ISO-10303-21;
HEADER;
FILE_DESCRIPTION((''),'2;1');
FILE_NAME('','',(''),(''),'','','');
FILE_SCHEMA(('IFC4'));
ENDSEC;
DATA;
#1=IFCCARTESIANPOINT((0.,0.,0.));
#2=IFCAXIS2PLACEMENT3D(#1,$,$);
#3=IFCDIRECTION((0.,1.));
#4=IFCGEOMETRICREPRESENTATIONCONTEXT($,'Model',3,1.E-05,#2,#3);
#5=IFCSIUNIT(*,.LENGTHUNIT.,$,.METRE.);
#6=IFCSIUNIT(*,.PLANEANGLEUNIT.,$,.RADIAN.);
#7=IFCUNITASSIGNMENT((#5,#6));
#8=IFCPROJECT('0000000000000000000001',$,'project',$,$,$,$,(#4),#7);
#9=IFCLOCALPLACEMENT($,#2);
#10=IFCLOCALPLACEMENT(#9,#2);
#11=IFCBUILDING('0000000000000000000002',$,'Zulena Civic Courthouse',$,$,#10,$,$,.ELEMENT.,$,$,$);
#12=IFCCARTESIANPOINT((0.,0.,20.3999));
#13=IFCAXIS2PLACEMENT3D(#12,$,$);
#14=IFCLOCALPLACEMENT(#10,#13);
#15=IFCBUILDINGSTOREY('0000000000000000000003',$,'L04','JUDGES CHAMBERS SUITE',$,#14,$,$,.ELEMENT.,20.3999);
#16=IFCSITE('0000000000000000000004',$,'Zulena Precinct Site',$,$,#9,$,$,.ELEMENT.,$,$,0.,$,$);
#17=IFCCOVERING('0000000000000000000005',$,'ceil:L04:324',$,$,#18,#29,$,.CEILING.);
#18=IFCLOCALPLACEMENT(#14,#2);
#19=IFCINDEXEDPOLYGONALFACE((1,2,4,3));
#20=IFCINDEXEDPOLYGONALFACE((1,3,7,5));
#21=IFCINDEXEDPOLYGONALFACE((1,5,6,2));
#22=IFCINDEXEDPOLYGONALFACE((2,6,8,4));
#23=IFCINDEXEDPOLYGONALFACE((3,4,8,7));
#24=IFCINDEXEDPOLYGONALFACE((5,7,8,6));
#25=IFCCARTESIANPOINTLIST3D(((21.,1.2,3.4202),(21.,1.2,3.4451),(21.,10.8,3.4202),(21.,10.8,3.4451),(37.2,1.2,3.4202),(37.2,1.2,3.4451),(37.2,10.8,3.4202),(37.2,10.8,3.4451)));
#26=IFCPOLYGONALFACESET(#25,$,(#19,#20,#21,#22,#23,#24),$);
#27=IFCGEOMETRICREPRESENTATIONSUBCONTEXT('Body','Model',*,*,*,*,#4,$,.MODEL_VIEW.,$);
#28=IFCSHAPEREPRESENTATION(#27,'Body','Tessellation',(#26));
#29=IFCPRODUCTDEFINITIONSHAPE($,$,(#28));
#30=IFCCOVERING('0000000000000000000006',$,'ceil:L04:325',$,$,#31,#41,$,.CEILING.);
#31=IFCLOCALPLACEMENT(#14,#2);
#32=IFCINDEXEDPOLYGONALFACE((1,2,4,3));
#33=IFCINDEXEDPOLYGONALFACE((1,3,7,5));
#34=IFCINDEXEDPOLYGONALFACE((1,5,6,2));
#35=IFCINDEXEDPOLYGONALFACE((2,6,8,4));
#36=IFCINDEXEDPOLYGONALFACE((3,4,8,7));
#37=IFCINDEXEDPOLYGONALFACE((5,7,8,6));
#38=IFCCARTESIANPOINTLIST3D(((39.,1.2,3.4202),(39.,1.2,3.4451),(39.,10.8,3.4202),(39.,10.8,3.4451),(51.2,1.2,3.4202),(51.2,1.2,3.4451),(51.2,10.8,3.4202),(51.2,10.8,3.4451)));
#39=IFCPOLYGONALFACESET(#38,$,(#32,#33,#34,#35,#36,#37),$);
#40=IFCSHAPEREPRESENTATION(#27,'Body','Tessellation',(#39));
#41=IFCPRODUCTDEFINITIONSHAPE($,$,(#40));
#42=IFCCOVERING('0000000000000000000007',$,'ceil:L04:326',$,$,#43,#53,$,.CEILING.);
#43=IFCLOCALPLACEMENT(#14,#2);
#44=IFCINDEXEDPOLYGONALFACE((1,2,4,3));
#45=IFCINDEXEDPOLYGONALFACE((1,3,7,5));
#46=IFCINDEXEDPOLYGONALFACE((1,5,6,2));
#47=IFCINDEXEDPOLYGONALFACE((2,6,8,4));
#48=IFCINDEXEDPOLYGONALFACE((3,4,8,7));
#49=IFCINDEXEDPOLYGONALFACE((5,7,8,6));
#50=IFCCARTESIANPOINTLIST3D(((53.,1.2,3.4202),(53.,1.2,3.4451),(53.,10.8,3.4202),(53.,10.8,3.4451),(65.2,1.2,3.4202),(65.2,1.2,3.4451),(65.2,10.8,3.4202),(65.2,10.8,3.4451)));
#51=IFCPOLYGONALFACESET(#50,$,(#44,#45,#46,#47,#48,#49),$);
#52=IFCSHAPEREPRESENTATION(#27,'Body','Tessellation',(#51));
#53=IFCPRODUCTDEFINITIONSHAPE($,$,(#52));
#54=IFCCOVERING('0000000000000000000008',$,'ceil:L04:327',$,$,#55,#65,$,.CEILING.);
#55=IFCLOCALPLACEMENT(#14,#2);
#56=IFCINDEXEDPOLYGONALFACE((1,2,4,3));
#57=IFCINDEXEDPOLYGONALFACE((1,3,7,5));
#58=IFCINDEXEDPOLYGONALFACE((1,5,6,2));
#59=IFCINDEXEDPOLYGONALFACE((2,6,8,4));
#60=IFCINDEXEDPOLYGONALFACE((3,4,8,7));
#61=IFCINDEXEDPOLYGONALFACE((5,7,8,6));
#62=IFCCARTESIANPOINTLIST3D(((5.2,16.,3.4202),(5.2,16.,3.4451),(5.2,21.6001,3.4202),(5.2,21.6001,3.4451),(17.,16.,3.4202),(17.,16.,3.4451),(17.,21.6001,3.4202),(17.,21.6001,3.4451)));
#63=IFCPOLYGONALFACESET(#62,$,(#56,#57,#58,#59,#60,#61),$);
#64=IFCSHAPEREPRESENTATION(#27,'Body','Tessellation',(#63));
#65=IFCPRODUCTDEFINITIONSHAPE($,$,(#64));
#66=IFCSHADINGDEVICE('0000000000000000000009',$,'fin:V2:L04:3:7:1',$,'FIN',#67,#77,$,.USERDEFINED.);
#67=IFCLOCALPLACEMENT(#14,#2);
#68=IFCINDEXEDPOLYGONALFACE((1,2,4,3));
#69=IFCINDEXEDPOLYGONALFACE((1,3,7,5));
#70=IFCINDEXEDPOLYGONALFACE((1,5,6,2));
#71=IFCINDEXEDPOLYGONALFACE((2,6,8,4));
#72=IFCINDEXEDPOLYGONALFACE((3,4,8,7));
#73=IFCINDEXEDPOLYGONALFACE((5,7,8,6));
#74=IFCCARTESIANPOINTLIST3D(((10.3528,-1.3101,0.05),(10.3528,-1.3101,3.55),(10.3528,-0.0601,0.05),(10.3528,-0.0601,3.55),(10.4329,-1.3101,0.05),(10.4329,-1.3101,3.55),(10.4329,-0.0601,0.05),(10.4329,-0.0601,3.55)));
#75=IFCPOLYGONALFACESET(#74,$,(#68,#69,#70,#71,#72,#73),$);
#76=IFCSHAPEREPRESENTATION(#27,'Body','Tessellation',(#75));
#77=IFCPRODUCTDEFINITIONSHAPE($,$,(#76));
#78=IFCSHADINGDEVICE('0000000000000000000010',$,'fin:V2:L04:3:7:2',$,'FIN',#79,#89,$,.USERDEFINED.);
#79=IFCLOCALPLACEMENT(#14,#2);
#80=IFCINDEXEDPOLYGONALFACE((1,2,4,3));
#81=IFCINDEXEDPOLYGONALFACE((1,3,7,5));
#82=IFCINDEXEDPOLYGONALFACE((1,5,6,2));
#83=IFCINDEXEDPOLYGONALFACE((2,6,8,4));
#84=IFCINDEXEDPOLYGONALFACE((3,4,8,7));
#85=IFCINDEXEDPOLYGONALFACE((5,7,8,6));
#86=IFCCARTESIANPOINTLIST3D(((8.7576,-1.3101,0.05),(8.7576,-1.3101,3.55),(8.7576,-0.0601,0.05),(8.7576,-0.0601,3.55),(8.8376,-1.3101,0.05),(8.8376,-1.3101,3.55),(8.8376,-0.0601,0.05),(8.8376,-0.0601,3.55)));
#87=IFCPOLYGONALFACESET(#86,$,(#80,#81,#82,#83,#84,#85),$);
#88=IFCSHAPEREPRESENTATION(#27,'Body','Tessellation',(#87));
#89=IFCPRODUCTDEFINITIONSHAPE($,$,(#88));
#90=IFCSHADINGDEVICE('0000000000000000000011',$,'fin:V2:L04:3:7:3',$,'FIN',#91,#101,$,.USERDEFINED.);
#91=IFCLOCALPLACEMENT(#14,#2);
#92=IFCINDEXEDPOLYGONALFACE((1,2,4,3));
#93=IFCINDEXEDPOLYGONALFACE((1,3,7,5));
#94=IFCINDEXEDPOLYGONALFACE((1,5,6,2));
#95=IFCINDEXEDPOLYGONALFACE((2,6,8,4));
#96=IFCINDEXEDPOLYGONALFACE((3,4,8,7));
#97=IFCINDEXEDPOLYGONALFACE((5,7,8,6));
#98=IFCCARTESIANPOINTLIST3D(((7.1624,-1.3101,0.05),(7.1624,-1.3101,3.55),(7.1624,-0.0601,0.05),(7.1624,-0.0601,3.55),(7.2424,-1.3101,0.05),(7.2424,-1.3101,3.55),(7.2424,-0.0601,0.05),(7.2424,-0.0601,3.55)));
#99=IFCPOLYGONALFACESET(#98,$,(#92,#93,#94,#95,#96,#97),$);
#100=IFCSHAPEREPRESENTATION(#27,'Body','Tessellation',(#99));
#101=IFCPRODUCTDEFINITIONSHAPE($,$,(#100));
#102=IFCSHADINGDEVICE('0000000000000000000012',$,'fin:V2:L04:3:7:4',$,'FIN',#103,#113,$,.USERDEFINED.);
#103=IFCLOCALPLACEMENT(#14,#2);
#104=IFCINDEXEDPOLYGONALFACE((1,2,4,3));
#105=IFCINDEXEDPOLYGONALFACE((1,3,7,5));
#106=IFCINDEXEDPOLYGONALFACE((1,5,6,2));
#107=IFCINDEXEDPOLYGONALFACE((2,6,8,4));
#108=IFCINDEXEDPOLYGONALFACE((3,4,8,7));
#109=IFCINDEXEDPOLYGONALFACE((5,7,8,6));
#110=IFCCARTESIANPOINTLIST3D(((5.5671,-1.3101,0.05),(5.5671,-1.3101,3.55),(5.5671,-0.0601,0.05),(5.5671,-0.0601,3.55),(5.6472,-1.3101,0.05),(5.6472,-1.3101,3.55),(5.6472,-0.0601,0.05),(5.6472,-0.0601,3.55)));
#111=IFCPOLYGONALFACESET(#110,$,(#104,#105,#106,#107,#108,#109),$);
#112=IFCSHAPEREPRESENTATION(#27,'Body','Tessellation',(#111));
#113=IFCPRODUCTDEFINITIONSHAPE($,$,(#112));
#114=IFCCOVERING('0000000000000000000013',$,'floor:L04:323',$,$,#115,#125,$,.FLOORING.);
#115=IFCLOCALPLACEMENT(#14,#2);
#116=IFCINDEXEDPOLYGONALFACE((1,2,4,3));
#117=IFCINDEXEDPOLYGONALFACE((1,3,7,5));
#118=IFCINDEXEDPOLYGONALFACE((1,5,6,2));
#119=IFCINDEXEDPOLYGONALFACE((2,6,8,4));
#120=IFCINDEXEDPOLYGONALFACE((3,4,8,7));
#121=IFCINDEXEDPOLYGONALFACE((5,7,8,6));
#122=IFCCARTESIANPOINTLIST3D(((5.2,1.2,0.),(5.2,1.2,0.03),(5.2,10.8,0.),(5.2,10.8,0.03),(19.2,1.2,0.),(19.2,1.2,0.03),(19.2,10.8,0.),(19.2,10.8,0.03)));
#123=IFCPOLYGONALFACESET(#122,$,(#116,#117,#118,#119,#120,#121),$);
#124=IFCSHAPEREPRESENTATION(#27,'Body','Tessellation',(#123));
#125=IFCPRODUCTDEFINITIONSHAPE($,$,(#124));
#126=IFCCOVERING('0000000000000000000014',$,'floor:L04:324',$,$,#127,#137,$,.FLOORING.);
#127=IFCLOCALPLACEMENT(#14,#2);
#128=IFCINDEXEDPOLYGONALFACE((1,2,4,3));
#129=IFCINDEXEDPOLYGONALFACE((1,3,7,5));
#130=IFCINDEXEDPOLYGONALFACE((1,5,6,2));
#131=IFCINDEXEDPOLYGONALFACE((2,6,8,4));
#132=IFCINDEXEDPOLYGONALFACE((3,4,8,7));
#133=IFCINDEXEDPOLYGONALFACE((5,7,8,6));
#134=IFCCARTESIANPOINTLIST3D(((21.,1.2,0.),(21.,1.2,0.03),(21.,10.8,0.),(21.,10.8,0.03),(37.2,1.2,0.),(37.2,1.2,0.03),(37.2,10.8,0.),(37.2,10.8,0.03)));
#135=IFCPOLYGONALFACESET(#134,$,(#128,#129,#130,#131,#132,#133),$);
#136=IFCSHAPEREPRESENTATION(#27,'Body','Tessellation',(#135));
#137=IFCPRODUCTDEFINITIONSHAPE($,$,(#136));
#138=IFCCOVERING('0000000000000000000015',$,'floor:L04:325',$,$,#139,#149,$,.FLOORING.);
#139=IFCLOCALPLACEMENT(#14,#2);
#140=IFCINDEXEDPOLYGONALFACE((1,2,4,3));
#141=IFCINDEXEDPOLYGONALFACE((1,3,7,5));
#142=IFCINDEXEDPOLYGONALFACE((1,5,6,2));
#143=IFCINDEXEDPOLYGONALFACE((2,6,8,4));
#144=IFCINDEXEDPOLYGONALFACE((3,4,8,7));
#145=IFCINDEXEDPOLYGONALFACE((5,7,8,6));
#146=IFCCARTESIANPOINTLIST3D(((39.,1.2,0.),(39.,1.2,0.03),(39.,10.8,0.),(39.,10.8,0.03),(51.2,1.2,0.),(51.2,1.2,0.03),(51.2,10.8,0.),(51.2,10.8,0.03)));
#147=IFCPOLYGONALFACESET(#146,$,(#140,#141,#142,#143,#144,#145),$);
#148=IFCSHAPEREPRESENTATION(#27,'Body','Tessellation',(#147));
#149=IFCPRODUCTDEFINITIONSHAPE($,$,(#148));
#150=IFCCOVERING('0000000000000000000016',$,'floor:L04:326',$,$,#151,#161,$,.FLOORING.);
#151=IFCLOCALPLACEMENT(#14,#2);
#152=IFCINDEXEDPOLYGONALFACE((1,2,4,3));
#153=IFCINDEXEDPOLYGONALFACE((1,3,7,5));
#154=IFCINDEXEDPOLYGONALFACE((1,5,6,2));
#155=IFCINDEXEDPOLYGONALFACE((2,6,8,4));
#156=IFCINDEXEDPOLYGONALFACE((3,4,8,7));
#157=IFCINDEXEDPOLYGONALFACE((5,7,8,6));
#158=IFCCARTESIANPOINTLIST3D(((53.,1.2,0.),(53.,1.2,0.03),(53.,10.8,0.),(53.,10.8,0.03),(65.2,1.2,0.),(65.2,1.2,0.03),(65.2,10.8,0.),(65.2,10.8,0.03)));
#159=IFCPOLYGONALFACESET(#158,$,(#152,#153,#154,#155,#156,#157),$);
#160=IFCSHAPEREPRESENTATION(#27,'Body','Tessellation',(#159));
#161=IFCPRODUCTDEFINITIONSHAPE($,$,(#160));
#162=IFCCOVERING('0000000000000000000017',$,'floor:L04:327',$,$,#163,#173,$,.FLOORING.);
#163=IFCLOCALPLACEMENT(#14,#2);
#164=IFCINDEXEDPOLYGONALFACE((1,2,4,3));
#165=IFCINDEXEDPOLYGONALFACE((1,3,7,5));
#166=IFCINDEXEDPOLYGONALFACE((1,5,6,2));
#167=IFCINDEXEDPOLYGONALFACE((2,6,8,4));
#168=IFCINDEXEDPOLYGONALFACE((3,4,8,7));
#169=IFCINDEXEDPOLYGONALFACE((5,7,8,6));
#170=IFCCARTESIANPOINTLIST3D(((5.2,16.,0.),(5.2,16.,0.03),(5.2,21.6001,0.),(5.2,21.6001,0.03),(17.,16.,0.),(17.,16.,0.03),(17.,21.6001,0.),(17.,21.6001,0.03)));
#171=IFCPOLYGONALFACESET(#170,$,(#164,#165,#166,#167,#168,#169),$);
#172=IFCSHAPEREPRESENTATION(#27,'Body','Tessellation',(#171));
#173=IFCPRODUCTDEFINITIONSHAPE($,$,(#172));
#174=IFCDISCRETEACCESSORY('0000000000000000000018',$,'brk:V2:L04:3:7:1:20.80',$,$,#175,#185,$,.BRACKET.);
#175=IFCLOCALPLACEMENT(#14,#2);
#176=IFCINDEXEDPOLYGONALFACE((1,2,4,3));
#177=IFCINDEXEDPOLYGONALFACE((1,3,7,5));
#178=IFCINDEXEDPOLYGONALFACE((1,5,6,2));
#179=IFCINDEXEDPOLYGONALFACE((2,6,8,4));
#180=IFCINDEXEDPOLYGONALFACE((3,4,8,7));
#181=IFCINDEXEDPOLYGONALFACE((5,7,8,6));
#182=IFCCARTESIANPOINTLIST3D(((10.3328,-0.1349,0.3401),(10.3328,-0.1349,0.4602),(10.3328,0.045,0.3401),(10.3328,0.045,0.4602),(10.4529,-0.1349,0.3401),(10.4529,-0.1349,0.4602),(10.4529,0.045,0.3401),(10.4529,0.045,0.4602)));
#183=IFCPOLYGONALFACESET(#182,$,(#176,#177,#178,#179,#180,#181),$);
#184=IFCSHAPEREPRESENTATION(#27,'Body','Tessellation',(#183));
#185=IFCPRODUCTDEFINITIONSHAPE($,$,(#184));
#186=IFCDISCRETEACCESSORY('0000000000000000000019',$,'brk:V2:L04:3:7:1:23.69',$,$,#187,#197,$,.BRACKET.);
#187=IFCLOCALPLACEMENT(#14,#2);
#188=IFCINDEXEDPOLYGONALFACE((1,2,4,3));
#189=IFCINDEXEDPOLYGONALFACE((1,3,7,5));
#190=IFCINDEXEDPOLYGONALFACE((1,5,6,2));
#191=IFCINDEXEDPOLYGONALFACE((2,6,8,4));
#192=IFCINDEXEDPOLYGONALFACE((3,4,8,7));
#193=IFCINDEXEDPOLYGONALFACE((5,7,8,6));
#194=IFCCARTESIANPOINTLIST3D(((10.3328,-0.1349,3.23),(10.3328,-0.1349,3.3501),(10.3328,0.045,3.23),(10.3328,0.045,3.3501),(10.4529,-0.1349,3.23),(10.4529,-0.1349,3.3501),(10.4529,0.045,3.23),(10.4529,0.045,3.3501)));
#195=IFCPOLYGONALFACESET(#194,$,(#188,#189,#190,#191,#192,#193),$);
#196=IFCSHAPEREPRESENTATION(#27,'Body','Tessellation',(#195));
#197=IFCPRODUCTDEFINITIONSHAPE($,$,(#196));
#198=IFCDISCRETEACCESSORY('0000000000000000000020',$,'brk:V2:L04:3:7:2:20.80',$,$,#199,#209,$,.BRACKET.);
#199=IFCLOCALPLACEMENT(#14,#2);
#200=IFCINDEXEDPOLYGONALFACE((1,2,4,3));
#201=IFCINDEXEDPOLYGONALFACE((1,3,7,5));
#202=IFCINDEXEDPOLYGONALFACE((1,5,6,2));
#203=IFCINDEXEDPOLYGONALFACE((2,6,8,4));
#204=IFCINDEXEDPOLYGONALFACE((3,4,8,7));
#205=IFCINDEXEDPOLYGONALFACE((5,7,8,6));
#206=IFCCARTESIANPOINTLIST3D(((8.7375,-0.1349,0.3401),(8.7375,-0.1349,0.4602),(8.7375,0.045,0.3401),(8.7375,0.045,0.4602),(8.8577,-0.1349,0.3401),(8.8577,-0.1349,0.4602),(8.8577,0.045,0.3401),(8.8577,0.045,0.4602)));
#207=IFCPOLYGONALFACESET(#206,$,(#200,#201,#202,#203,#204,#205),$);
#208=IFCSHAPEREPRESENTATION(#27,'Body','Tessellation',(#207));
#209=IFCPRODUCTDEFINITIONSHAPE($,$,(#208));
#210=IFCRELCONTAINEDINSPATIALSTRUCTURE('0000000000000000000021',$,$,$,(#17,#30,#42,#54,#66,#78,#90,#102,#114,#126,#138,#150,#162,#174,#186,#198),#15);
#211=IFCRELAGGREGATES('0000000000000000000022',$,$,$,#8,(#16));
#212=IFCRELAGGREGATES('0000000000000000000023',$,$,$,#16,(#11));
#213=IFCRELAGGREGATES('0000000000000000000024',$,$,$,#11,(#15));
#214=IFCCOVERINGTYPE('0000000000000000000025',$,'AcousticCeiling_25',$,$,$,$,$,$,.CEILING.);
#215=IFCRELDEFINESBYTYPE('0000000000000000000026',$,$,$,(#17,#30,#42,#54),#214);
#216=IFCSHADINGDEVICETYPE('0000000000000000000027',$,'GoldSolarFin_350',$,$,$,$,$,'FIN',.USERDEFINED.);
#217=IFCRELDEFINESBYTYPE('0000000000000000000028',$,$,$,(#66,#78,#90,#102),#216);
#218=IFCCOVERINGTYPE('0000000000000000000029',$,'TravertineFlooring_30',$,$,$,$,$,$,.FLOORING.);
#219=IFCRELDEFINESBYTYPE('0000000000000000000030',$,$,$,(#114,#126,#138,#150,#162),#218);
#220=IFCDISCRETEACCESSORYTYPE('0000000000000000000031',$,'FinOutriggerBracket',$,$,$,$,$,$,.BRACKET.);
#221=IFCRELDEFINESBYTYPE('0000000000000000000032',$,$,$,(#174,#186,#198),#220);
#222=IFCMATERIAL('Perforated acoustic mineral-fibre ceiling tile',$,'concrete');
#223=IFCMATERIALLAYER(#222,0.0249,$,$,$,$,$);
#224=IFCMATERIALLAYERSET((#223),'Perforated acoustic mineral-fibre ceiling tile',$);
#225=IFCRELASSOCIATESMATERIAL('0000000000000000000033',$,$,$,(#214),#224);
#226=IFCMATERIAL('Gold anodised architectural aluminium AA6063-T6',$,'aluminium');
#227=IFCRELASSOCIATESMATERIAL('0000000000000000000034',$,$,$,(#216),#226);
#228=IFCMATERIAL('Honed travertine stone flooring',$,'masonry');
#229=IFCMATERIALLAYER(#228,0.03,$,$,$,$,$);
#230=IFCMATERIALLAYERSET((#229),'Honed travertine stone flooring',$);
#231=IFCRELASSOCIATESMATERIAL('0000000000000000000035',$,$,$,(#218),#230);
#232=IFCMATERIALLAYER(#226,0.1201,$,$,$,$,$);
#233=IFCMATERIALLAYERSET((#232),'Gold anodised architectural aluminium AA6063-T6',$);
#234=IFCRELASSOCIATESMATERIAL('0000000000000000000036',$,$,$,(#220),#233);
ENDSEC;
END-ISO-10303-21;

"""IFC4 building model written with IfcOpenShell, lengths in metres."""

from ifc_helpers import new_model, si_unit, direction, frame, origin, origin_2d, place, context, subcontext, project, spatial, polyline, rectangle, outline, extrude, material, layer, layer_set, type_object, element, save


model = new_model("IFC4")

# Units and contexts
model_context = context("Model", 3, precision=1e-05, world=origin(), true_north=direction((0.0, 1.0)))
body_context = subcontext(model_context, "Body", "Model", "MODEL_VIEW")
ifc_project = project(units=[si_unit("LENGTHUNIT", "METRE"), si_unit("PLANEANGLEUNIT", "RADIAN")], contexts=[model_context])

# Site, building, storey
site_placement = place(None, origin())
site = spatial("IfcSite", under=ifc_project, at=site_placement, Name="Zulena Precinct Site", CompositionType="ELEMENT", RefElevation=0.0)
building_placement = place(site_placement, origin())
building = spatial("IfcBuilding", under=site, at=building_placement, Name="Zulena Civic Courthouse", CompositionType="ELEMENT")
storey_placement = place(building_placement, frame((0.0, 0.0, 20.3999)))
storey = spatial("IfcBuildingStorey", under=building, at=storey_placement, Name="L04", Description="JUDGES CHAMBERS SUITE", CompositionType="ELEMENT", Elevation=20.3999)

# Coverings
ifc_material_1 = material(Name="Perforated acoustic mineral-fibre ceiling tile", Category="concrete")
ifc_layer_1 = layer(ifc_material_1, 0.0249)
ifc_layer_set_1 = layer_set([ifc_layer_1], Name="Perforated acoustic mineral-fibre ceiling tile")
covering_type_1 = type_object("IfcCoveringType", Name="AcousticCeiling_25", PredefinedType="CEILING", material=ifc_layer_set_1)
covering_1_placement = place(storey_placement, frame((0.0, 0.0, 3.4202)))
element("IfcCovering", 1, at=covering_1_placement, inside=storey, type_object=covering_type_1, Name="ceil:L04:324", PredefinedType="CEILING", context=body_context, shape_type="SweptSolid", body=[
    extrude(outline(polyline([(21.0, 1.2), (37.2, 1.2), (37.2, 10.8), (21.0, 10.8), (21.0, 1.2)])), origin(), (0.0, 0.0, 1.0), 0.0249),
])
covering_2_placement = place(storey_placement, frame((0.0, 0.0, 3.4202)))
element("IfcCovering", 2, at=covering_2_placement, inside=storey, type_object=covering_type_1, Name="ceil:L04:325", PredefinedType="CEILING", context=body_context, shape_type="SweptSolid", body=[
    extrude(outline(polyline([(39.0, 1.2), (51.2, 1.2), (51.2, 10.8), (39.0, 10.8), (39.0, 1.2)])), origin(), (0.0, 0.0, 1.0), 0.0249),
])
covering_3_placement = place(storey_placement, frame((0.0, 0.0, 3.4202)))
element("IfcCovering", 3, at=covering_3_placement, inside=storey, type_object=covering_type_1, Name="ceil:L04:326", PredefinedType="CEILING", context=body_context, shape_type="SweptSolid", body=[
    extrude(outline(polyline([(53.0, 1.2), (65.2, 1.2), (65.2, 10.8), (53.0, 10.8), (53.0, 1.2)])), origin(), (0.0, 0.0, 1.0), 0.0249),
])
covering_4_placement = place(storey_placement, frame((0.0, 0.0, 3.4202)))
element("IfcCovering", 4, at=covering_4_placement, inside=storey, type_object=covering_type_1, Name="ceil:L04:327", PredefinedType="CEILING", context=body_context, shape_type="SweptSolid", body=[
    extrude(outline(polyline([(5.2, 16.0), (17.0, 16.0), (17.0, 21.6001), (5.2, 21.6001), (5.2, 16.0)])), origin(), (0.0, 0.0, 1.0), 0.0249),
])

# Shading devices
ifc_material_2 = material(Name="Gold anodised architectural aluminium AA6063-T6", Category="aluminium")
shading_device_type = type_object("IfcShadingDeviceType", Name="GoldSolarFin_350", ElementType="FIN", PredefinedType="USERDEFINED", material=ifc_material_2)
for number, where, z_axis, x_axis, name in (
    (5, (10.3928, -0.6851, 0.05), (0.0, 0.0, 1.0), (0.0, -1.0, 0.0), "fin:V2:L04:3:7:1"),
    (6, (8.7976, -0.6851, 0.05), (0.0, 0.0, 1.0), (0.0, -1.0, 0.0), "fin:V2:L04:3:7:2"),
    (7, (7.2024, -0.6851, 0.05), (0.0, 0.0, 1.0), (0.0, -1.0, 0.0), "fin:V2:L04:3:7:3"),
    (8, (5.6072, -0.6851, 0.05), (0.0, 0.0, 1.0), (0.0, -1.0, 0.0), "fin:V2:L04:3:7:4"),
):
    element("IfcShadingDevice", number, at=place(storey_placement, frame(where, z_axis=z_axis, x_axis=x_axis)), inside=storey, type_object=shading_device_type, Name=name, ObjectType="FIN", PredefinedType="USERDEFINED", context=body_context, shape_type="SweptSolid", body=[
        extrude(rectangle(XDim=1.25, YDim=0.0801, at=origin_2d()), origin(), (0.0, 0.0, 1.0), 3.5),
    ])

# Coverings
ifc_material_3 = material(Name="Honed travertine stone flooring", Category="masonry")
ifc_layer_2 = layer(ifc_material_3, 0.03)
ifc_layer_set_2 = layer_set([ifc_layer_2], Name="Honed travertine stone flooring")
covering_type_2 = type_object("IfcCoveringType", Name="TravertineFlooring_30", PredefinedType="FLOORING", material=ifc_layer_set_2)
covering_5_placement = place(storey_placement, origin())
element("IfcCovering", 9, at=covering_5_placement, inside=storey, type_object=covering_type_2, Name="floor:L04:323", PredefinedType="FLOORING", context=body_context, shape_type="SweptSolid", body=[
    extrude(outline(polyline([(5.2, 1.2), (19.2, 1.2), (19.2, 10.8), (5.2, 10.8), (5.2, 1.2)])), origin(), (0.0, 0.0, 1.0), 0.03),
])
covering_6_placement = place(storey_placement, origin())
element("IfcCovering", 10, at=covering_6_placement, inside=storey, type_object=covering_type_2, Name="floor:L04:324", PredefinedType="FLOORING", context=body_context, shape_type="SweptSolid", body=[
    extrude(outline(polyline([(21.0, 1.2), (37.2, 1.2), (37.2, 10.8), (21.0, 10.8), (21.0, 1.2)])), origin(), (0.0, 0.0, 1.0), 0.03),
])
covering_7_placement = place(storey_placement, origin())
element("IfcCovering", 11, at=covering_7_placement, inside=storey, type_object=covering_type_2, Name="floor:L04:325", PredefinedType="FLOORING", context=body_context, shape_type="SweptSolid", body=[
    extrude(outline(polyline([(39.0, 1.2), (51.2, 1.2), (51.2, 10.8), (39.0, 10.8), (39.0, 1.2)])), origin(), (0.0, 0.0, 1.0), 0.03),
])
covering_8_placement = place(storey_placement, origin())
element("IfcCovering", 12, at=covering_8_placement, inside=storey, type_object=covering_type_2, Name="floor:L04:326", PredefinedType="FLOORING", context=body_context, shape_type="SweptSolid", body=[
    extrude(outline(polyline([(53.0, 1.2), (65.2, 1.2), (65.2, 10.8), (53.0, 10.8), (53.0, 1.2)])), origin(), (0.0, 0.0, 1.0), 0.03),
])
covering_9_placement = place(storey_placement, origin())
element("IfcCovering", 13, at=covering_9_placement, inside=storey, type_object=covering_type_2, Name="floor:L04:327", PredefinedType="FLOORING", context=body_context, shape_type="SweptSolid", body=[
    extrude(outline(polyline([(5.2, 16.0), (17.0, 16.0), (17.0, 21.6001), (5.2, 21.6001), (5.2, 16.0)])), origin(), (0.0, 0.0, 1.0), 0.03),
])

# Discrete accessories
ifc_layer_3 = layer(ifc_material_2, 0.1201)
ifc_layer_set_3 = layer_set([ifc_layer_3], Name="Gold anodised architectural aluminium AA6063-T6")
discrete_accessory_type = type_object("IfcDiscreteAccessoryType", Name="FinOutriggerBracket", PredefinedType="BRACKET", material=ifc_layer_set_3)
for number, where, z_axis, x_axis, name in (
    (14, (10.3928, -0.0449, 0.3401), (0.0, 0.0, 1.0), (0.0, -1.0, 0.0), "brk:V2:L04:3:7:1:20.80"),
    (15, (10.3928, -0.0449, 3.23), (0.0, 0.0, 1.0), (0.0, -1.0, 0.0), "brk:V2:L04:3:7:1:23.69"),
    (16, (8.7976, -0.0449, 0.3401), (0.0, 0.0, 1.0), (0.0, -1.0, 0.0), "brk:V2:L04:3:7:2:20.80"),
):
    element("IfcDiscreteAccessory", number, at=place(storey_placement, frame(where, z_axis=z_axis, x_axis=x_axis)), inside=storey, type_object=discrete_accessory_type, Name=name, PredefinedType="BRACKET", context=body_context, shape_type="SweptSolid", body=[
        extrude(rectangle(XDim=0.1799, YDim=0.1201, at=origin_2d()), origin(), (0.0, 0.0, 1.0), 0.1201),
    ])

save(model, "model.ifc")
